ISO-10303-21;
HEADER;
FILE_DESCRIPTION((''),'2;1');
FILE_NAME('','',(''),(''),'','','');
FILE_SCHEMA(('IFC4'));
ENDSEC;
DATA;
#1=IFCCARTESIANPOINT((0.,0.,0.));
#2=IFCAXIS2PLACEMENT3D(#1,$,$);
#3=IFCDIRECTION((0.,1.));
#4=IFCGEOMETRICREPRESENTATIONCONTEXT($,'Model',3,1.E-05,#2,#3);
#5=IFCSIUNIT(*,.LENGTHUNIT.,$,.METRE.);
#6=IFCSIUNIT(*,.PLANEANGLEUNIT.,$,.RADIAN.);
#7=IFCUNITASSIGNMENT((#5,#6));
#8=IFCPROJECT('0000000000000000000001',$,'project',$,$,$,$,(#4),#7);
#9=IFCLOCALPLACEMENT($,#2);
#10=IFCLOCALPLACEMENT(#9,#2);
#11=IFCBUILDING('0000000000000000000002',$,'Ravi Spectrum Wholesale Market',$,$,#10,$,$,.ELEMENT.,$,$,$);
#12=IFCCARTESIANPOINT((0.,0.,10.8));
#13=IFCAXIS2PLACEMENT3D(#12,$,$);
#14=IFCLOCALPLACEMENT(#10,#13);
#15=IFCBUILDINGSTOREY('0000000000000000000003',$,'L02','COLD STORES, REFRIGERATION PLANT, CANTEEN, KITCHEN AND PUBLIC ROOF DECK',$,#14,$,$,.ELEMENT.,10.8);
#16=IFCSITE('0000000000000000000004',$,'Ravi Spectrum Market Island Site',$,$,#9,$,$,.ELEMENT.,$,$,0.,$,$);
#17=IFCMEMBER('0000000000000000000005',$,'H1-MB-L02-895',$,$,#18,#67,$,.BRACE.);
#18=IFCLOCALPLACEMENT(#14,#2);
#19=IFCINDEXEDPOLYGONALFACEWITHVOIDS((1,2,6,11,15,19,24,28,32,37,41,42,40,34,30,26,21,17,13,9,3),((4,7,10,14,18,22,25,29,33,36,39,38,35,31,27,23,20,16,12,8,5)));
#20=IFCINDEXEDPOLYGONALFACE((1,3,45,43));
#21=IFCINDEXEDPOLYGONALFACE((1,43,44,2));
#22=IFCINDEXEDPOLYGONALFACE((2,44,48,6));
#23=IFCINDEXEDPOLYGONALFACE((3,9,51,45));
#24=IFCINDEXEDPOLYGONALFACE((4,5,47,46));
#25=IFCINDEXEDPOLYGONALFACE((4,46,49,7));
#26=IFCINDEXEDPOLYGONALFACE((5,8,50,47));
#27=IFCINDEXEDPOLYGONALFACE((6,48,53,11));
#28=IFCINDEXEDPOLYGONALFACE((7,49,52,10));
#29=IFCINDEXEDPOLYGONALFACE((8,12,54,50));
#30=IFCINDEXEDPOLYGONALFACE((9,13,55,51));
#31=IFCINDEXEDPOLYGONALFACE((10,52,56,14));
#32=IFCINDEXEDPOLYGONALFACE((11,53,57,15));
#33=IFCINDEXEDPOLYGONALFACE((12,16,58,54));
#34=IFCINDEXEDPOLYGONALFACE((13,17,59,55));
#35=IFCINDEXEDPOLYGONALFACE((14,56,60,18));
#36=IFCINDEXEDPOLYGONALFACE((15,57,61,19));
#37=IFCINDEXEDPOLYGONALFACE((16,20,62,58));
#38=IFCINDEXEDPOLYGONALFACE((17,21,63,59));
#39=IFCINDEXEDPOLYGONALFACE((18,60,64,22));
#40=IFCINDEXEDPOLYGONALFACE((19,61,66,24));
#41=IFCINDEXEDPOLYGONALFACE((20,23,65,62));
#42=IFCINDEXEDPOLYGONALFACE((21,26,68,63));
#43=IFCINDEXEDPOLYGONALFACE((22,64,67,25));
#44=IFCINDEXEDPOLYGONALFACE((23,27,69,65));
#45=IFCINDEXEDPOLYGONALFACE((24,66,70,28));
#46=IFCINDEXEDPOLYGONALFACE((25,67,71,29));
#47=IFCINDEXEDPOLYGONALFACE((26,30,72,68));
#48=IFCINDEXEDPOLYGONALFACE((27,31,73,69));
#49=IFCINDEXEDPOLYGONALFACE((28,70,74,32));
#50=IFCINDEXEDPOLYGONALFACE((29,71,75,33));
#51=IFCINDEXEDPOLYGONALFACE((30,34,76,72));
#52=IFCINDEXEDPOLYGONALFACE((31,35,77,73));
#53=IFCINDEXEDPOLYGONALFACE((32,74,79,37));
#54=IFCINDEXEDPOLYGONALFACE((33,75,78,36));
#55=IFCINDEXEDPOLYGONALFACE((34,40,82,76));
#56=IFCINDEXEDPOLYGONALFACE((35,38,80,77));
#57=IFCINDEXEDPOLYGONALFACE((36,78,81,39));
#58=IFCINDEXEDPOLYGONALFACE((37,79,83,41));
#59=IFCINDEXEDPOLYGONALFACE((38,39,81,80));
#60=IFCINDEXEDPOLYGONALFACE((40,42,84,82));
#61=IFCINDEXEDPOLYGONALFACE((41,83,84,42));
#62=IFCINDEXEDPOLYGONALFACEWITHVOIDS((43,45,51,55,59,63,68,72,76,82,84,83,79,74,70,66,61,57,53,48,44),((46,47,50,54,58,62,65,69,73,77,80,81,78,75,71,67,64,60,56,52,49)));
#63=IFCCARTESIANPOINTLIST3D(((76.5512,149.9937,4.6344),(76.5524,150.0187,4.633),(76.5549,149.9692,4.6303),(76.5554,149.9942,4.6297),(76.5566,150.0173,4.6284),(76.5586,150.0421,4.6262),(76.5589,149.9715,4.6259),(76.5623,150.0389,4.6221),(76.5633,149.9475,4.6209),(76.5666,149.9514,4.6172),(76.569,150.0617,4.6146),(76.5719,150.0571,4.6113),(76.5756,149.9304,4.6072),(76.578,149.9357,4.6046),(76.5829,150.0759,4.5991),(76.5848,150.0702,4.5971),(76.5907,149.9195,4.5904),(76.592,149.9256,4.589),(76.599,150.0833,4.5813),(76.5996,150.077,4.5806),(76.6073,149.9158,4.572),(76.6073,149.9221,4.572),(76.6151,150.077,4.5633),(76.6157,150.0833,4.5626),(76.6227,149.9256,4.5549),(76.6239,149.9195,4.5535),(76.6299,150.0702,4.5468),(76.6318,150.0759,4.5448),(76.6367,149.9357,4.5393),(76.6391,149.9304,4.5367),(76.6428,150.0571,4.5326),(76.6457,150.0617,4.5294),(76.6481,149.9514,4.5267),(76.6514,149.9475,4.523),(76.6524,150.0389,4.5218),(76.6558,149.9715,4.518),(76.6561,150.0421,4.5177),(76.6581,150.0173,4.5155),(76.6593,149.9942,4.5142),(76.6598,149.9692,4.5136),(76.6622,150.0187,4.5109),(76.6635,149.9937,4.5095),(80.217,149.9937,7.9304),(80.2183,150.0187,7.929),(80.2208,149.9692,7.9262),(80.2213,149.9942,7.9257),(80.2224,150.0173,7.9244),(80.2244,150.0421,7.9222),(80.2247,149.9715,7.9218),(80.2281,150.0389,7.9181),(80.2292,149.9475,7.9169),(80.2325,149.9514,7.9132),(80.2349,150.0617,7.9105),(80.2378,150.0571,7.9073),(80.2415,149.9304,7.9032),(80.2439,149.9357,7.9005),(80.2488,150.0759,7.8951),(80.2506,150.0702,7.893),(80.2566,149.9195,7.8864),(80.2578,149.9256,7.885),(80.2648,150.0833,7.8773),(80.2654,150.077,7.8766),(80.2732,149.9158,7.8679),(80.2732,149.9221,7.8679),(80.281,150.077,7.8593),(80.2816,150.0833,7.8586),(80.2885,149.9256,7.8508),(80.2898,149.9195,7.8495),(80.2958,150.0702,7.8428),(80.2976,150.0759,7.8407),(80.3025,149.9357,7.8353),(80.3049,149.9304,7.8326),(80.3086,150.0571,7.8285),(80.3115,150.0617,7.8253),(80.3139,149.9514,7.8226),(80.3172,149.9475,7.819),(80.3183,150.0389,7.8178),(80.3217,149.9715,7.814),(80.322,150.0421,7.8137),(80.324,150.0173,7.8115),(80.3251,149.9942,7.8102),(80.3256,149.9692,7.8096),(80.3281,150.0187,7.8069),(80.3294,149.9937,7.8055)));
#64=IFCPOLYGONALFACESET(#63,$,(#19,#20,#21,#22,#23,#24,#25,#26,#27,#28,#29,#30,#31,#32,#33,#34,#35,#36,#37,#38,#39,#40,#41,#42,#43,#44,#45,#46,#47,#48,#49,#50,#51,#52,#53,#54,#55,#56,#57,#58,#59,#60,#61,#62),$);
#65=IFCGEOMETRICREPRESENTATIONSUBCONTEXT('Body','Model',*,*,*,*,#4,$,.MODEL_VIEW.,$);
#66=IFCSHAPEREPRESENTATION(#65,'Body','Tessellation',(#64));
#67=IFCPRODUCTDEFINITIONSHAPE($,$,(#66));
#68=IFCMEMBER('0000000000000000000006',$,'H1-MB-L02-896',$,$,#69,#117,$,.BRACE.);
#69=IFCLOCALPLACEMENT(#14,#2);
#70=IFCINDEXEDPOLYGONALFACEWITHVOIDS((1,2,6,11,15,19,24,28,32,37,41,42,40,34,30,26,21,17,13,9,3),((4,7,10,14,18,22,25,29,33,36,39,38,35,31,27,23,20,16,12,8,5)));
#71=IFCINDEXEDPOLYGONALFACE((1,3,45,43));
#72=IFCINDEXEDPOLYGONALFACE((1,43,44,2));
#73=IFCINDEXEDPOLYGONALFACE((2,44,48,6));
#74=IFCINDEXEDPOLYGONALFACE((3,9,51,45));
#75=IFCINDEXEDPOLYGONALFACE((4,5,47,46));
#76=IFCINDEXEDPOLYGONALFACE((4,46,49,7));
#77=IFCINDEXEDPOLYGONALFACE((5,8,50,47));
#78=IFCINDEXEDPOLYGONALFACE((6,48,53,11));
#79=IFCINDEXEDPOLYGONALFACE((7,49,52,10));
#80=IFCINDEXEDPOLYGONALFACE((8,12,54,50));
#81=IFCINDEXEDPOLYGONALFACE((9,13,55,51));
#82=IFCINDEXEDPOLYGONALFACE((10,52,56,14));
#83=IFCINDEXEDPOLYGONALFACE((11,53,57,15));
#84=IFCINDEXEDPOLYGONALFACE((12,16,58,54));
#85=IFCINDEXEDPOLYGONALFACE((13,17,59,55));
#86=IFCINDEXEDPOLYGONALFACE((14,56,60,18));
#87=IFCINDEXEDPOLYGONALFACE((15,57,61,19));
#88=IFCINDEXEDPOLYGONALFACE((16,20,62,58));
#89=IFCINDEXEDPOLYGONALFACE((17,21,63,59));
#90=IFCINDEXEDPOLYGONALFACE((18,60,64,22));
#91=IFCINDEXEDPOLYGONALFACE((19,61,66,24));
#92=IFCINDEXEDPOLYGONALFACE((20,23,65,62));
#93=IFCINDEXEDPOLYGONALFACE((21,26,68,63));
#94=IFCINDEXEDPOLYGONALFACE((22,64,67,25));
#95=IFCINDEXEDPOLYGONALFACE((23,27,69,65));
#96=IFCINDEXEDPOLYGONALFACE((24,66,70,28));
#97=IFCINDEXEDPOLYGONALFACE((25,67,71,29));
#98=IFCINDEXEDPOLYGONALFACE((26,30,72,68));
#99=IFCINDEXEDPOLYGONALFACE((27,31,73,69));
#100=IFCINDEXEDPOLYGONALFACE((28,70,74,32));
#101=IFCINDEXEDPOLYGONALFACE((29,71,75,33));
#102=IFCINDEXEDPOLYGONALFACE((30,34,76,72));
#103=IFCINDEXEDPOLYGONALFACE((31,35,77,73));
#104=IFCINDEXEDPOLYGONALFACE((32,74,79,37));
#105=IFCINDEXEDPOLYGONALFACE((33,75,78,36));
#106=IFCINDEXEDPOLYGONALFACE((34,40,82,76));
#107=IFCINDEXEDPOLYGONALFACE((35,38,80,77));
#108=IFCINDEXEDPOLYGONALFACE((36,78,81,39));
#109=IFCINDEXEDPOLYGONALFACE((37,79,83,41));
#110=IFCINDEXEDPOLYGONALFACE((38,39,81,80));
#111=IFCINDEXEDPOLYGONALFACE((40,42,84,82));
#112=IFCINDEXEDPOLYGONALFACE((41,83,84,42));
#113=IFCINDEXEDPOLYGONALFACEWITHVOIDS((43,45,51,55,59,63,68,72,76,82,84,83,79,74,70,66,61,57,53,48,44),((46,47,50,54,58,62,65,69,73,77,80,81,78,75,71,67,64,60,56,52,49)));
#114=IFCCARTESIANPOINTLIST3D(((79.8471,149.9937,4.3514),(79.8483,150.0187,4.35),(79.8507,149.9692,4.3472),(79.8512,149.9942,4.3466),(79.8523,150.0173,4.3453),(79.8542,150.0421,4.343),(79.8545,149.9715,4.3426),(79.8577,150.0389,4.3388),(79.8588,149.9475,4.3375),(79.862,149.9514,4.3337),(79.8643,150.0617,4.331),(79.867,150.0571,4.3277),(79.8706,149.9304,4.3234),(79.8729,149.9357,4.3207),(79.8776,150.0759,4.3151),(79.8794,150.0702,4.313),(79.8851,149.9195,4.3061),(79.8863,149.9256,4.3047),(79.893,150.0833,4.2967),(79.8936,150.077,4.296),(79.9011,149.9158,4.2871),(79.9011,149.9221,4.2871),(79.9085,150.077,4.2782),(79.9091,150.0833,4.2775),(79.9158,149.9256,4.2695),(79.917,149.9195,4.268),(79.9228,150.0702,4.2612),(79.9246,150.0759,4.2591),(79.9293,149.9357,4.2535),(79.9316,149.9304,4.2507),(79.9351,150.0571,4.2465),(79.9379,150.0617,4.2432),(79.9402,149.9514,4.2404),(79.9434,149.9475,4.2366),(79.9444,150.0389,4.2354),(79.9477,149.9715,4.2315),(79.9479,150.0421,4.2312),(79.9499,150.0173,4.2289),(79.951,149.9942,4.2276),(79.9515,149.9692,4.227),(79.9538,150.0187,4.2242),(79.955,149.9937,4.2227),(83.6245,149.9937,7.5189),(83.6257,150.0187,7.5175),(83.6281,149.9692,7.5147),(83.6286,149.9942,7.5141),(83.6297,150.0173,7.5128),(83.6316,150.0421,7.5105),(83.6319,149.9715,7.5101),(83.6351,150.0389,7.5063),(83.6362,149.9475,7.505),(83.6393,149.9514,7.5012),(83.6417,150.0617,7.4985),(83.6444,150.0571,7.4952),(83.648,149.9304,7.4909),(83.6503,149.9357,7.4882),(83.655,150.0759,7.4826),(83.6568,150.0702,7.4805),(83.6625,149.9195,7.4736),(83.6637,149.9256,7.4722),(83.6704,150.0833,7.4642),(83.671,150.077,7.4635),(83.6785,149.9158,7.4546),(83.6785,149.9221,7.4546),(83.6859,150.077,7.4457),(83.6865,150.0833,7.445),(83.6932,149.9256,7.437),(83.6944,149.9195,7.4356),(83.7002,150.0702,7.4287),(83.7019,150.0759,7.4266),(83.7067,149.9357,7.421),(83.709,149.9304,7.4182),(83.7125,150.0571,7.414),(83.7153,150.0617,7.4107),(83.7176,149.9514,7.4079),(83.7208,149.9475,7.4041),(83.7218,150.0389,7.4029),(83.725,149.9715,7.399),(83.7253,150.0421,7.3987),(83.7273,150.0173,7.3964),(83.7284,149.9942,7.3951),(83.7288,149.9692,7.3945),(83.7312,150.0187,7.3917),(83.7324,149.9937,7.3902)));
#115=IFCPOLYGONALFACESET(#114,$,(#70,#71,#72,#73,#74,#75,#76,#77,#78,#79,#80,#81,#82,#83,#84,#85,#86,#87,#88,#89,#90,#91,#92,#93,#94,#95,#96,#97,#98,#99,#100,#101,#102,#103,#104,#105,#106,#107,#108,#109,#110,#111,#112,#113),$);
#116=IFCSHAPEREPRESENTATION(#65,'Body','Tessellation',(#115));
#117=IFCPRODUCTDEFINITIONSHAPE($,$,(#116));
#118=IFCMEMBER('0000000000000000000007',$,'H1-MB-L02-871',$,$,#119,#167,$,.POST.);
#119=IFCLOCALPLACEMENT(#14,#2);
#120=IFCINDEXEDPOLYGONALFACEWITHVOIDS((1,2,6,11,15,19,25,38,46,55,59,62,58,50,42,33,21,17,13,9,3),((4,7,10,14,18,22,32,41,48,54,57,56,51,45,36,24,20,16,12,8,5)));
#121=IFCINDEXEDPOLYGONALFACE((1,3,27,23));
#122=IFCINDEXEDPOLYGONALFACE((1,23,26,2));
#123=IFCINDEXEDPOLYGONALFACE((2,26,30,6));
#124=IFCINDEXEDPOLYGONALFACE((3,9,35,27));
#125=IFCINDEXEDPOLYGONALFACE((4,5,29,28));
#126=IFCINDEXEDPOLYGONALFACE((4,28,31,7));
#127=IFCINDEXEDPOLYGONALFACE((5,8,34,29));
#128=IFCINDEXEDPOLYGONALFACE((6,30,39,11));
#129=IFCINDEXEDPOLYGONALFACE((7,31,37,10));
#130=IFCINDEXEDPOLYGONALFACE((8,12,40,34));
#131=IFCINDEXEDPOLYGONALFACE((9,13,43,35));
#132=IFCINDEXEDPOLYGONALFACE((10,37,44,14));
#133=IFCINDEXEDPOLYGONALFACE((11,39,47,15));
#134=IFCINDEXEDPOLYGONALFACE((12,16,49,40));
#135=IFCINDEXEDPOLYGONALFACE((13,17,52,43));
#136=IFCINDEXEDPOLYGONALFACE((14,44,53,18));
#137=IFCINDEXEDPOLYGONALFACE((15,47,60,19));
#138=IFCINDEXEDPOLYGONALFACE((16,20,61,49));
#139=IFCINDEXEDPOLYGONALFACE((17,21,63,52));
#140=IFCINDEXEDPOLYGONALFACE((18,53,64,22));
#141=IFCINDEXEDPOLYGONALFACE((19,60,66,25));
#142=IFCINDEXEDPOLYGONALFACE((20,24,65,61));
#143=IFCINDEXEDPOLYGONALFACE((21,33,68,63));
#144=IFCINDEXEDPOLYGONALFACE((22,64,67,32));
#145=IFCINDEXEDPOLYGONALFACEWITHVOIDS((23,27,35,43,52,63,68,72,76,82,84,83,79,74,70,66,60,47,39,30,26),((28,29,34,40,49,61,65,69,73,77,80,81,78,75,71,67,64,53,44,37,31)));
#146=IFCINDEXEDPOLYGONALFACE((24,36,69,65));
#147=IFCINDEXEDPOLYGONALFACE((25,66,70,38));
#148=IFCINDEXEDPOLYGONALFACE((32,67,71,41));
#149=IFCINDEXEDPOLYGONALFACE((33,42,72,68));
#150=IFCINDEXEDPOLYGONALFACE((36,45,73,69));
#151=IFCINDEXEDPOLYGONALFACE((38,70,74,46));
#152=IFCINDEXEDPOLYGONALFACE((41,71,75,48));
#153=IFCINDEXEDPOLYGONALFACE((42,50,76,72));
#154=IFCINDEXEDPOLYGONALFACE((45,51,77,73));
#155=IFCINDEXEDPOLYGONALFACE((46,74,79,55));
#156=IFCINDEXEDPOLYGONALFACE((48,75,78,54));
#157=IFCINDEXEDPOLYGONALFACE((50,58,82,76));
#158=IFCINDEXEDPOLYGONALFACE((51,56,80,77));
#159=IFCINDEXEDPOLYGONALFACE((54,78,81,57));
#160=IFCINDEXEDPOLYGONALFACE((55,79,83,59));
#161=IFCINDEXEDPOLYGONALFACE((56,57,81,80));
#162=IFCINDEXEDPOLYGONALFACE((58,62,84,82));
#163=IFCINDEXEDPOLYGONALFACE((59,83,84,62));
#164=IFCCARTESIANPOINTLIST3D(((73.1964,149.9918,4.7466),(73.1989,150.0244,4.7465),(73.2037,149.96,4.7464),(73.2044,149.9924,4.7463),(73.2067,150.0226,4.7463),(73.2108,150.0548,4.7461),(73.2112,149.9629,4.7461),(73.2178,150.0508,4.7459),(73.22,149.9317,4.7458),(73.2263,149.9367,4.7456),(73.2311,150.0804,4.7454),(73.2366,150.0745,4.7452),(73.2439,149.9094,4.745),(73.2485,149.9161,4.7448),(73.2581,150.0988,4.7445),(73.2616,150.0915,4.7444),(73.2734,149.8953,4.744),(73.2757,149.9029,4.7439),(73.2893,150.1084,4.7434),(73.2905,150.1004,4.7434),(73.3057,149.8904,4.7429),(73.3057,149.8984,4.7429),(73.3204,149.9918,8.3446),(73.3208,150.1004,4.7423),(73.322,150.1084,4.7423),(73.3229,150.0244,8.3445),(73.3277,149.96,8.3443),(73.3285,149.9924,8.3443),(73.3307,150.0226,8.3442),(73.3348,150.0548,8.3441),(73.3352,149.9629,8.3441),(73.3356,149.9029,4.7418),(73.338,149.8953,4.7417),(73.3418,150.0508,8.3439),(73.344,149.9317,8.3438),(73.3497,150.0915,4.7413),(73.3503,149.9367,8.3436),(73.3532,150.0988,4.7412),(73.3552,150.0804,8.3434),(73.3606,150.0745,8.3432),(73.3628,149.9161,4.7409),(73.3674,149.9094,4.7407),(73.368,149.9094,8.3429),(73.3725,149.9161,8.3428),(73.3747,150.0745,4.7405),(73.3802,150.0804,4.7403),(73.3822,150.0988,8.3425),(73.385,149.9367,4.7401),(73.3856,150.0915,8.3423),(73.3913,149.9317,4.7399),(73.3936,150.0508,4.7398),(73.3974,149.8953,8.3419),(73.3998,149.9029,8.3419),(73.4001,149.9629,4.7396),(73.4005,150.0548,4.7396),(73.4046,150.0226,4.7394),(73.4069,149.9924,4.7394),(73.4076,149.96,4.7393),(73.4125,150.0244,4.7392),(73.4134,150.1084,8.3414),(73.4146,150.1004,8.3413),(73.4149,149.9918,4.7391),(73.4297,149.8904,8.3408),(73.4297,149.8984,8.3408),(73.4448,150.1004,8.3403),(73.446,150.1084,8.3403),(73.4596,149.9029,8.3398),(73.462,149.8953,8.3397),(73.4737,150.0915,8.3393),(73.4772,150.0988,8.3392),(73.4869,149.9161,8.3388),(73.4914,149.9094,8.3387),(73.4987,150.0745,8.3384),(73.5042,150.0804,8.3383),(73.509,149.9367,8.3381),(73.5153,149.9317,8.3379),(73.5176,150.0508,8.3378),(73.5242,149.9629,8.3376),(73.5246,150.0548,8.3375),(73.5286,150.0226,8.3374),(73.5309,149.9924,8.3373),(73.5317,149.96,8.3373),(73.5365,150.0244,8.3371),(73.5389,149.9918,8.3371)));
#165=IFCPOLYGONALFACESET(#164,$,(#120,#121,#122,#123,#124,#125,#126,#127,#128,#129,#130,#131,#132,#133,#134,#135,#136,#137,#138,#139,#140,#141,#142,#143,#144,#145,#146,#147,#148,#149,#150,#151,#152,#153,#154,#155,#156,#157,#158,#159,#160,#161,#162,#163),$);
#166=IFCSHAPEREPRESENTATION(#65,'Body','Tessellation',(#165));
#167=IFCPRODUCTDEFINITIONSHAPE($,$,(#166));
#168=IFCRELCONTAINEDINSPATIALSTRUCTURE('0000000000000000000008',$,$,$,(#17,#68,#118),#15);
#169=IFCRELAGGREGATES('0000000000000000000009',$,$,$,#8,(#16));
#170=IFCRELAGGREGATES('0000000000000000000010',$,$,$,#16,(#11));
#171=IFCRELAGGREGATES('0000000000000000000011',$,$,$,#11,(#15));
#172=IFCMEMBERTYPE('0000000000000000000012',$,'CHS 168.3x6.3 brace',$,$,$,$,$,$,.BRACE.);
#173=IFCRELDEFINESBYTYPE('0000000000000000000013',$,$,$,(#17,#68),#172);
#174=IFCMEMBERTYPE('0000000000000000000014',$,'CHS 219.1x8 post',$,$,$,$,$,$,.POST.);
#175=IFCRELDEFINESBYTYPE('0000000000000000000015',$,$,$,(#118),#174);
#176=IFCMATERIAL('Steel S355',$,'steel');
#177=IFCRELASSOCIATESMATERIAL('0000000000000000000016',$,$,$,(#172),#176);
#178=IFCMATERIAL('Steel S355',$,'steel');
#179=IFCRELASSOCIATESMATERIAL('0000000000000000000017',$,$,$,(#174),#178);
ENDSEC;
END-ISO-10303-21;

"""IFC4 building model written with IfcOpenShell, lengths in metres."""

from ifc_helpers import new_model, si_unit, direction, frame, origin, origin_2d, place, context, subcontext, project, spatial, hollow_circle, extrude, material, material_profile, profile_set, type_object, element, save


model = new_model("IFC4")

# Units and contexts
model_context = context("Model", 3, precision=1e-05, world=origin(), true_north=direction((0.0, 1.0)))
body_context = subcontext(model_context, "Body", "Model", "MODEL_VIEW")
ifc_project = project(units=[si_unit("LENGTHUNIT", "METRE"), si_unit("PLANEANGLEUNIT", "RADIAN")], contexts=[model_context])

# Site, building, storey
site_placement = place(None, origin())
site = spatial("IfcSite", under=ifc_project, at=site_placement, Name="Ravi Spectrum Market Island Site", CompositionType="ELEMENT", RefElevation=0.0)
building_placement = place(site_placement, origin())
building = spatial("IfcBuilding", under=site, at=building_placement, Name="Ravi Spectrum Wholesale Market", CompositionType="ELEMENT")
storey_placement = place(building_placement, frame((0.0, 0.0, 10.8)))
storey = spatial("IfcBuildingStorey", under=building, at=storey_placement, Name="L02", Description="COLD STORES, REFRIGERATION PLANT, CANTEEN, KITCHEN AND PUBLIC ROOF DECK", CompositionType="ELEMENT", Elevation=10.8)

# Members
ifc_material_1 = material(Name="Steel S355", Category="steel")
ifc_material_profile_1 = material_profile(ifc_material_1, hollow_circle(Radius=0.0842, WallThickness=0.0063, at=origin_2d()))
ifc_profile_set_1 = profile_set([ifc_material_profile_1], Name="Steel S355")
member_type_1 = type_object("IfcMemberType", Name="CHS 168.3x6.3 brace", PredefinedType="BRACE", material=ifc_profile_set_1)
for number, where, z_axis, x_axis, name in (
    (1, (80.2732, 150.0, 7.8679), (-0.743627, 0.0, -0.668595), (0.0, -1.0, 0.0), "H1-MB-L02-895"),
    (2, (83.6785, 150.0, 7.4546), (-0.766253, 0.0, -0.642539), (0.0, -1.0, 0.0), "H1-MB-L02-896"),
):
    element("IfcMember", number, at=place(storey_placement, frame(where, z_axis=z_axis, x_axis=x_axis)), inside=storey, type_object=member_type_1, Name=name, PredefinedType="BRACE", context=body_context, shape_type="SweptSolid", body=[
        extrude(hollow_circle(Radius=0.0842, WallThickness=0.0063, at=origin_2d()), origin(), (0.0, 0.0, 1.0), 4.9297),
    ])
ifc_material_2 = material(Name="Steel S355", Category="steel")
ifc_material_profile_2 = material_profile(ifc_material_2, hollow_circle(Radius=0.1096, WallThickness=0.0081, at=origin_2d()))
ifc_profile_set_2 = profile_set([ifc_material_profile_2], Name="Steel S355")
member_type_2 = type_object("IfcMemberType", Name="CHS 219.1x8 post", PredefinedType="POST", material=ifc_profile_set_2)
member_1_placement = place(storey_placement, frame((73.4297, 150.0, 8.3408), z_axis=(-0.034451, 0.0, -0.999406), x_axis=(0.0, -1.0, 0.0)))
element("IfcMember", 3, at=member_1_placement, inside=storey, type_object=member_type_2, Name="H1-MB-L02-871", PredefinedType="POST", context=body_context, shape_type="SweptSolid", body=[
    extrude(hollow_circle(Radius=0.1096, WallThickness=0.0081, at=origin_2d()), origin(), (0.0, 0.0, 1.0), 3.6001),
])

save(model, "model.ifc")
